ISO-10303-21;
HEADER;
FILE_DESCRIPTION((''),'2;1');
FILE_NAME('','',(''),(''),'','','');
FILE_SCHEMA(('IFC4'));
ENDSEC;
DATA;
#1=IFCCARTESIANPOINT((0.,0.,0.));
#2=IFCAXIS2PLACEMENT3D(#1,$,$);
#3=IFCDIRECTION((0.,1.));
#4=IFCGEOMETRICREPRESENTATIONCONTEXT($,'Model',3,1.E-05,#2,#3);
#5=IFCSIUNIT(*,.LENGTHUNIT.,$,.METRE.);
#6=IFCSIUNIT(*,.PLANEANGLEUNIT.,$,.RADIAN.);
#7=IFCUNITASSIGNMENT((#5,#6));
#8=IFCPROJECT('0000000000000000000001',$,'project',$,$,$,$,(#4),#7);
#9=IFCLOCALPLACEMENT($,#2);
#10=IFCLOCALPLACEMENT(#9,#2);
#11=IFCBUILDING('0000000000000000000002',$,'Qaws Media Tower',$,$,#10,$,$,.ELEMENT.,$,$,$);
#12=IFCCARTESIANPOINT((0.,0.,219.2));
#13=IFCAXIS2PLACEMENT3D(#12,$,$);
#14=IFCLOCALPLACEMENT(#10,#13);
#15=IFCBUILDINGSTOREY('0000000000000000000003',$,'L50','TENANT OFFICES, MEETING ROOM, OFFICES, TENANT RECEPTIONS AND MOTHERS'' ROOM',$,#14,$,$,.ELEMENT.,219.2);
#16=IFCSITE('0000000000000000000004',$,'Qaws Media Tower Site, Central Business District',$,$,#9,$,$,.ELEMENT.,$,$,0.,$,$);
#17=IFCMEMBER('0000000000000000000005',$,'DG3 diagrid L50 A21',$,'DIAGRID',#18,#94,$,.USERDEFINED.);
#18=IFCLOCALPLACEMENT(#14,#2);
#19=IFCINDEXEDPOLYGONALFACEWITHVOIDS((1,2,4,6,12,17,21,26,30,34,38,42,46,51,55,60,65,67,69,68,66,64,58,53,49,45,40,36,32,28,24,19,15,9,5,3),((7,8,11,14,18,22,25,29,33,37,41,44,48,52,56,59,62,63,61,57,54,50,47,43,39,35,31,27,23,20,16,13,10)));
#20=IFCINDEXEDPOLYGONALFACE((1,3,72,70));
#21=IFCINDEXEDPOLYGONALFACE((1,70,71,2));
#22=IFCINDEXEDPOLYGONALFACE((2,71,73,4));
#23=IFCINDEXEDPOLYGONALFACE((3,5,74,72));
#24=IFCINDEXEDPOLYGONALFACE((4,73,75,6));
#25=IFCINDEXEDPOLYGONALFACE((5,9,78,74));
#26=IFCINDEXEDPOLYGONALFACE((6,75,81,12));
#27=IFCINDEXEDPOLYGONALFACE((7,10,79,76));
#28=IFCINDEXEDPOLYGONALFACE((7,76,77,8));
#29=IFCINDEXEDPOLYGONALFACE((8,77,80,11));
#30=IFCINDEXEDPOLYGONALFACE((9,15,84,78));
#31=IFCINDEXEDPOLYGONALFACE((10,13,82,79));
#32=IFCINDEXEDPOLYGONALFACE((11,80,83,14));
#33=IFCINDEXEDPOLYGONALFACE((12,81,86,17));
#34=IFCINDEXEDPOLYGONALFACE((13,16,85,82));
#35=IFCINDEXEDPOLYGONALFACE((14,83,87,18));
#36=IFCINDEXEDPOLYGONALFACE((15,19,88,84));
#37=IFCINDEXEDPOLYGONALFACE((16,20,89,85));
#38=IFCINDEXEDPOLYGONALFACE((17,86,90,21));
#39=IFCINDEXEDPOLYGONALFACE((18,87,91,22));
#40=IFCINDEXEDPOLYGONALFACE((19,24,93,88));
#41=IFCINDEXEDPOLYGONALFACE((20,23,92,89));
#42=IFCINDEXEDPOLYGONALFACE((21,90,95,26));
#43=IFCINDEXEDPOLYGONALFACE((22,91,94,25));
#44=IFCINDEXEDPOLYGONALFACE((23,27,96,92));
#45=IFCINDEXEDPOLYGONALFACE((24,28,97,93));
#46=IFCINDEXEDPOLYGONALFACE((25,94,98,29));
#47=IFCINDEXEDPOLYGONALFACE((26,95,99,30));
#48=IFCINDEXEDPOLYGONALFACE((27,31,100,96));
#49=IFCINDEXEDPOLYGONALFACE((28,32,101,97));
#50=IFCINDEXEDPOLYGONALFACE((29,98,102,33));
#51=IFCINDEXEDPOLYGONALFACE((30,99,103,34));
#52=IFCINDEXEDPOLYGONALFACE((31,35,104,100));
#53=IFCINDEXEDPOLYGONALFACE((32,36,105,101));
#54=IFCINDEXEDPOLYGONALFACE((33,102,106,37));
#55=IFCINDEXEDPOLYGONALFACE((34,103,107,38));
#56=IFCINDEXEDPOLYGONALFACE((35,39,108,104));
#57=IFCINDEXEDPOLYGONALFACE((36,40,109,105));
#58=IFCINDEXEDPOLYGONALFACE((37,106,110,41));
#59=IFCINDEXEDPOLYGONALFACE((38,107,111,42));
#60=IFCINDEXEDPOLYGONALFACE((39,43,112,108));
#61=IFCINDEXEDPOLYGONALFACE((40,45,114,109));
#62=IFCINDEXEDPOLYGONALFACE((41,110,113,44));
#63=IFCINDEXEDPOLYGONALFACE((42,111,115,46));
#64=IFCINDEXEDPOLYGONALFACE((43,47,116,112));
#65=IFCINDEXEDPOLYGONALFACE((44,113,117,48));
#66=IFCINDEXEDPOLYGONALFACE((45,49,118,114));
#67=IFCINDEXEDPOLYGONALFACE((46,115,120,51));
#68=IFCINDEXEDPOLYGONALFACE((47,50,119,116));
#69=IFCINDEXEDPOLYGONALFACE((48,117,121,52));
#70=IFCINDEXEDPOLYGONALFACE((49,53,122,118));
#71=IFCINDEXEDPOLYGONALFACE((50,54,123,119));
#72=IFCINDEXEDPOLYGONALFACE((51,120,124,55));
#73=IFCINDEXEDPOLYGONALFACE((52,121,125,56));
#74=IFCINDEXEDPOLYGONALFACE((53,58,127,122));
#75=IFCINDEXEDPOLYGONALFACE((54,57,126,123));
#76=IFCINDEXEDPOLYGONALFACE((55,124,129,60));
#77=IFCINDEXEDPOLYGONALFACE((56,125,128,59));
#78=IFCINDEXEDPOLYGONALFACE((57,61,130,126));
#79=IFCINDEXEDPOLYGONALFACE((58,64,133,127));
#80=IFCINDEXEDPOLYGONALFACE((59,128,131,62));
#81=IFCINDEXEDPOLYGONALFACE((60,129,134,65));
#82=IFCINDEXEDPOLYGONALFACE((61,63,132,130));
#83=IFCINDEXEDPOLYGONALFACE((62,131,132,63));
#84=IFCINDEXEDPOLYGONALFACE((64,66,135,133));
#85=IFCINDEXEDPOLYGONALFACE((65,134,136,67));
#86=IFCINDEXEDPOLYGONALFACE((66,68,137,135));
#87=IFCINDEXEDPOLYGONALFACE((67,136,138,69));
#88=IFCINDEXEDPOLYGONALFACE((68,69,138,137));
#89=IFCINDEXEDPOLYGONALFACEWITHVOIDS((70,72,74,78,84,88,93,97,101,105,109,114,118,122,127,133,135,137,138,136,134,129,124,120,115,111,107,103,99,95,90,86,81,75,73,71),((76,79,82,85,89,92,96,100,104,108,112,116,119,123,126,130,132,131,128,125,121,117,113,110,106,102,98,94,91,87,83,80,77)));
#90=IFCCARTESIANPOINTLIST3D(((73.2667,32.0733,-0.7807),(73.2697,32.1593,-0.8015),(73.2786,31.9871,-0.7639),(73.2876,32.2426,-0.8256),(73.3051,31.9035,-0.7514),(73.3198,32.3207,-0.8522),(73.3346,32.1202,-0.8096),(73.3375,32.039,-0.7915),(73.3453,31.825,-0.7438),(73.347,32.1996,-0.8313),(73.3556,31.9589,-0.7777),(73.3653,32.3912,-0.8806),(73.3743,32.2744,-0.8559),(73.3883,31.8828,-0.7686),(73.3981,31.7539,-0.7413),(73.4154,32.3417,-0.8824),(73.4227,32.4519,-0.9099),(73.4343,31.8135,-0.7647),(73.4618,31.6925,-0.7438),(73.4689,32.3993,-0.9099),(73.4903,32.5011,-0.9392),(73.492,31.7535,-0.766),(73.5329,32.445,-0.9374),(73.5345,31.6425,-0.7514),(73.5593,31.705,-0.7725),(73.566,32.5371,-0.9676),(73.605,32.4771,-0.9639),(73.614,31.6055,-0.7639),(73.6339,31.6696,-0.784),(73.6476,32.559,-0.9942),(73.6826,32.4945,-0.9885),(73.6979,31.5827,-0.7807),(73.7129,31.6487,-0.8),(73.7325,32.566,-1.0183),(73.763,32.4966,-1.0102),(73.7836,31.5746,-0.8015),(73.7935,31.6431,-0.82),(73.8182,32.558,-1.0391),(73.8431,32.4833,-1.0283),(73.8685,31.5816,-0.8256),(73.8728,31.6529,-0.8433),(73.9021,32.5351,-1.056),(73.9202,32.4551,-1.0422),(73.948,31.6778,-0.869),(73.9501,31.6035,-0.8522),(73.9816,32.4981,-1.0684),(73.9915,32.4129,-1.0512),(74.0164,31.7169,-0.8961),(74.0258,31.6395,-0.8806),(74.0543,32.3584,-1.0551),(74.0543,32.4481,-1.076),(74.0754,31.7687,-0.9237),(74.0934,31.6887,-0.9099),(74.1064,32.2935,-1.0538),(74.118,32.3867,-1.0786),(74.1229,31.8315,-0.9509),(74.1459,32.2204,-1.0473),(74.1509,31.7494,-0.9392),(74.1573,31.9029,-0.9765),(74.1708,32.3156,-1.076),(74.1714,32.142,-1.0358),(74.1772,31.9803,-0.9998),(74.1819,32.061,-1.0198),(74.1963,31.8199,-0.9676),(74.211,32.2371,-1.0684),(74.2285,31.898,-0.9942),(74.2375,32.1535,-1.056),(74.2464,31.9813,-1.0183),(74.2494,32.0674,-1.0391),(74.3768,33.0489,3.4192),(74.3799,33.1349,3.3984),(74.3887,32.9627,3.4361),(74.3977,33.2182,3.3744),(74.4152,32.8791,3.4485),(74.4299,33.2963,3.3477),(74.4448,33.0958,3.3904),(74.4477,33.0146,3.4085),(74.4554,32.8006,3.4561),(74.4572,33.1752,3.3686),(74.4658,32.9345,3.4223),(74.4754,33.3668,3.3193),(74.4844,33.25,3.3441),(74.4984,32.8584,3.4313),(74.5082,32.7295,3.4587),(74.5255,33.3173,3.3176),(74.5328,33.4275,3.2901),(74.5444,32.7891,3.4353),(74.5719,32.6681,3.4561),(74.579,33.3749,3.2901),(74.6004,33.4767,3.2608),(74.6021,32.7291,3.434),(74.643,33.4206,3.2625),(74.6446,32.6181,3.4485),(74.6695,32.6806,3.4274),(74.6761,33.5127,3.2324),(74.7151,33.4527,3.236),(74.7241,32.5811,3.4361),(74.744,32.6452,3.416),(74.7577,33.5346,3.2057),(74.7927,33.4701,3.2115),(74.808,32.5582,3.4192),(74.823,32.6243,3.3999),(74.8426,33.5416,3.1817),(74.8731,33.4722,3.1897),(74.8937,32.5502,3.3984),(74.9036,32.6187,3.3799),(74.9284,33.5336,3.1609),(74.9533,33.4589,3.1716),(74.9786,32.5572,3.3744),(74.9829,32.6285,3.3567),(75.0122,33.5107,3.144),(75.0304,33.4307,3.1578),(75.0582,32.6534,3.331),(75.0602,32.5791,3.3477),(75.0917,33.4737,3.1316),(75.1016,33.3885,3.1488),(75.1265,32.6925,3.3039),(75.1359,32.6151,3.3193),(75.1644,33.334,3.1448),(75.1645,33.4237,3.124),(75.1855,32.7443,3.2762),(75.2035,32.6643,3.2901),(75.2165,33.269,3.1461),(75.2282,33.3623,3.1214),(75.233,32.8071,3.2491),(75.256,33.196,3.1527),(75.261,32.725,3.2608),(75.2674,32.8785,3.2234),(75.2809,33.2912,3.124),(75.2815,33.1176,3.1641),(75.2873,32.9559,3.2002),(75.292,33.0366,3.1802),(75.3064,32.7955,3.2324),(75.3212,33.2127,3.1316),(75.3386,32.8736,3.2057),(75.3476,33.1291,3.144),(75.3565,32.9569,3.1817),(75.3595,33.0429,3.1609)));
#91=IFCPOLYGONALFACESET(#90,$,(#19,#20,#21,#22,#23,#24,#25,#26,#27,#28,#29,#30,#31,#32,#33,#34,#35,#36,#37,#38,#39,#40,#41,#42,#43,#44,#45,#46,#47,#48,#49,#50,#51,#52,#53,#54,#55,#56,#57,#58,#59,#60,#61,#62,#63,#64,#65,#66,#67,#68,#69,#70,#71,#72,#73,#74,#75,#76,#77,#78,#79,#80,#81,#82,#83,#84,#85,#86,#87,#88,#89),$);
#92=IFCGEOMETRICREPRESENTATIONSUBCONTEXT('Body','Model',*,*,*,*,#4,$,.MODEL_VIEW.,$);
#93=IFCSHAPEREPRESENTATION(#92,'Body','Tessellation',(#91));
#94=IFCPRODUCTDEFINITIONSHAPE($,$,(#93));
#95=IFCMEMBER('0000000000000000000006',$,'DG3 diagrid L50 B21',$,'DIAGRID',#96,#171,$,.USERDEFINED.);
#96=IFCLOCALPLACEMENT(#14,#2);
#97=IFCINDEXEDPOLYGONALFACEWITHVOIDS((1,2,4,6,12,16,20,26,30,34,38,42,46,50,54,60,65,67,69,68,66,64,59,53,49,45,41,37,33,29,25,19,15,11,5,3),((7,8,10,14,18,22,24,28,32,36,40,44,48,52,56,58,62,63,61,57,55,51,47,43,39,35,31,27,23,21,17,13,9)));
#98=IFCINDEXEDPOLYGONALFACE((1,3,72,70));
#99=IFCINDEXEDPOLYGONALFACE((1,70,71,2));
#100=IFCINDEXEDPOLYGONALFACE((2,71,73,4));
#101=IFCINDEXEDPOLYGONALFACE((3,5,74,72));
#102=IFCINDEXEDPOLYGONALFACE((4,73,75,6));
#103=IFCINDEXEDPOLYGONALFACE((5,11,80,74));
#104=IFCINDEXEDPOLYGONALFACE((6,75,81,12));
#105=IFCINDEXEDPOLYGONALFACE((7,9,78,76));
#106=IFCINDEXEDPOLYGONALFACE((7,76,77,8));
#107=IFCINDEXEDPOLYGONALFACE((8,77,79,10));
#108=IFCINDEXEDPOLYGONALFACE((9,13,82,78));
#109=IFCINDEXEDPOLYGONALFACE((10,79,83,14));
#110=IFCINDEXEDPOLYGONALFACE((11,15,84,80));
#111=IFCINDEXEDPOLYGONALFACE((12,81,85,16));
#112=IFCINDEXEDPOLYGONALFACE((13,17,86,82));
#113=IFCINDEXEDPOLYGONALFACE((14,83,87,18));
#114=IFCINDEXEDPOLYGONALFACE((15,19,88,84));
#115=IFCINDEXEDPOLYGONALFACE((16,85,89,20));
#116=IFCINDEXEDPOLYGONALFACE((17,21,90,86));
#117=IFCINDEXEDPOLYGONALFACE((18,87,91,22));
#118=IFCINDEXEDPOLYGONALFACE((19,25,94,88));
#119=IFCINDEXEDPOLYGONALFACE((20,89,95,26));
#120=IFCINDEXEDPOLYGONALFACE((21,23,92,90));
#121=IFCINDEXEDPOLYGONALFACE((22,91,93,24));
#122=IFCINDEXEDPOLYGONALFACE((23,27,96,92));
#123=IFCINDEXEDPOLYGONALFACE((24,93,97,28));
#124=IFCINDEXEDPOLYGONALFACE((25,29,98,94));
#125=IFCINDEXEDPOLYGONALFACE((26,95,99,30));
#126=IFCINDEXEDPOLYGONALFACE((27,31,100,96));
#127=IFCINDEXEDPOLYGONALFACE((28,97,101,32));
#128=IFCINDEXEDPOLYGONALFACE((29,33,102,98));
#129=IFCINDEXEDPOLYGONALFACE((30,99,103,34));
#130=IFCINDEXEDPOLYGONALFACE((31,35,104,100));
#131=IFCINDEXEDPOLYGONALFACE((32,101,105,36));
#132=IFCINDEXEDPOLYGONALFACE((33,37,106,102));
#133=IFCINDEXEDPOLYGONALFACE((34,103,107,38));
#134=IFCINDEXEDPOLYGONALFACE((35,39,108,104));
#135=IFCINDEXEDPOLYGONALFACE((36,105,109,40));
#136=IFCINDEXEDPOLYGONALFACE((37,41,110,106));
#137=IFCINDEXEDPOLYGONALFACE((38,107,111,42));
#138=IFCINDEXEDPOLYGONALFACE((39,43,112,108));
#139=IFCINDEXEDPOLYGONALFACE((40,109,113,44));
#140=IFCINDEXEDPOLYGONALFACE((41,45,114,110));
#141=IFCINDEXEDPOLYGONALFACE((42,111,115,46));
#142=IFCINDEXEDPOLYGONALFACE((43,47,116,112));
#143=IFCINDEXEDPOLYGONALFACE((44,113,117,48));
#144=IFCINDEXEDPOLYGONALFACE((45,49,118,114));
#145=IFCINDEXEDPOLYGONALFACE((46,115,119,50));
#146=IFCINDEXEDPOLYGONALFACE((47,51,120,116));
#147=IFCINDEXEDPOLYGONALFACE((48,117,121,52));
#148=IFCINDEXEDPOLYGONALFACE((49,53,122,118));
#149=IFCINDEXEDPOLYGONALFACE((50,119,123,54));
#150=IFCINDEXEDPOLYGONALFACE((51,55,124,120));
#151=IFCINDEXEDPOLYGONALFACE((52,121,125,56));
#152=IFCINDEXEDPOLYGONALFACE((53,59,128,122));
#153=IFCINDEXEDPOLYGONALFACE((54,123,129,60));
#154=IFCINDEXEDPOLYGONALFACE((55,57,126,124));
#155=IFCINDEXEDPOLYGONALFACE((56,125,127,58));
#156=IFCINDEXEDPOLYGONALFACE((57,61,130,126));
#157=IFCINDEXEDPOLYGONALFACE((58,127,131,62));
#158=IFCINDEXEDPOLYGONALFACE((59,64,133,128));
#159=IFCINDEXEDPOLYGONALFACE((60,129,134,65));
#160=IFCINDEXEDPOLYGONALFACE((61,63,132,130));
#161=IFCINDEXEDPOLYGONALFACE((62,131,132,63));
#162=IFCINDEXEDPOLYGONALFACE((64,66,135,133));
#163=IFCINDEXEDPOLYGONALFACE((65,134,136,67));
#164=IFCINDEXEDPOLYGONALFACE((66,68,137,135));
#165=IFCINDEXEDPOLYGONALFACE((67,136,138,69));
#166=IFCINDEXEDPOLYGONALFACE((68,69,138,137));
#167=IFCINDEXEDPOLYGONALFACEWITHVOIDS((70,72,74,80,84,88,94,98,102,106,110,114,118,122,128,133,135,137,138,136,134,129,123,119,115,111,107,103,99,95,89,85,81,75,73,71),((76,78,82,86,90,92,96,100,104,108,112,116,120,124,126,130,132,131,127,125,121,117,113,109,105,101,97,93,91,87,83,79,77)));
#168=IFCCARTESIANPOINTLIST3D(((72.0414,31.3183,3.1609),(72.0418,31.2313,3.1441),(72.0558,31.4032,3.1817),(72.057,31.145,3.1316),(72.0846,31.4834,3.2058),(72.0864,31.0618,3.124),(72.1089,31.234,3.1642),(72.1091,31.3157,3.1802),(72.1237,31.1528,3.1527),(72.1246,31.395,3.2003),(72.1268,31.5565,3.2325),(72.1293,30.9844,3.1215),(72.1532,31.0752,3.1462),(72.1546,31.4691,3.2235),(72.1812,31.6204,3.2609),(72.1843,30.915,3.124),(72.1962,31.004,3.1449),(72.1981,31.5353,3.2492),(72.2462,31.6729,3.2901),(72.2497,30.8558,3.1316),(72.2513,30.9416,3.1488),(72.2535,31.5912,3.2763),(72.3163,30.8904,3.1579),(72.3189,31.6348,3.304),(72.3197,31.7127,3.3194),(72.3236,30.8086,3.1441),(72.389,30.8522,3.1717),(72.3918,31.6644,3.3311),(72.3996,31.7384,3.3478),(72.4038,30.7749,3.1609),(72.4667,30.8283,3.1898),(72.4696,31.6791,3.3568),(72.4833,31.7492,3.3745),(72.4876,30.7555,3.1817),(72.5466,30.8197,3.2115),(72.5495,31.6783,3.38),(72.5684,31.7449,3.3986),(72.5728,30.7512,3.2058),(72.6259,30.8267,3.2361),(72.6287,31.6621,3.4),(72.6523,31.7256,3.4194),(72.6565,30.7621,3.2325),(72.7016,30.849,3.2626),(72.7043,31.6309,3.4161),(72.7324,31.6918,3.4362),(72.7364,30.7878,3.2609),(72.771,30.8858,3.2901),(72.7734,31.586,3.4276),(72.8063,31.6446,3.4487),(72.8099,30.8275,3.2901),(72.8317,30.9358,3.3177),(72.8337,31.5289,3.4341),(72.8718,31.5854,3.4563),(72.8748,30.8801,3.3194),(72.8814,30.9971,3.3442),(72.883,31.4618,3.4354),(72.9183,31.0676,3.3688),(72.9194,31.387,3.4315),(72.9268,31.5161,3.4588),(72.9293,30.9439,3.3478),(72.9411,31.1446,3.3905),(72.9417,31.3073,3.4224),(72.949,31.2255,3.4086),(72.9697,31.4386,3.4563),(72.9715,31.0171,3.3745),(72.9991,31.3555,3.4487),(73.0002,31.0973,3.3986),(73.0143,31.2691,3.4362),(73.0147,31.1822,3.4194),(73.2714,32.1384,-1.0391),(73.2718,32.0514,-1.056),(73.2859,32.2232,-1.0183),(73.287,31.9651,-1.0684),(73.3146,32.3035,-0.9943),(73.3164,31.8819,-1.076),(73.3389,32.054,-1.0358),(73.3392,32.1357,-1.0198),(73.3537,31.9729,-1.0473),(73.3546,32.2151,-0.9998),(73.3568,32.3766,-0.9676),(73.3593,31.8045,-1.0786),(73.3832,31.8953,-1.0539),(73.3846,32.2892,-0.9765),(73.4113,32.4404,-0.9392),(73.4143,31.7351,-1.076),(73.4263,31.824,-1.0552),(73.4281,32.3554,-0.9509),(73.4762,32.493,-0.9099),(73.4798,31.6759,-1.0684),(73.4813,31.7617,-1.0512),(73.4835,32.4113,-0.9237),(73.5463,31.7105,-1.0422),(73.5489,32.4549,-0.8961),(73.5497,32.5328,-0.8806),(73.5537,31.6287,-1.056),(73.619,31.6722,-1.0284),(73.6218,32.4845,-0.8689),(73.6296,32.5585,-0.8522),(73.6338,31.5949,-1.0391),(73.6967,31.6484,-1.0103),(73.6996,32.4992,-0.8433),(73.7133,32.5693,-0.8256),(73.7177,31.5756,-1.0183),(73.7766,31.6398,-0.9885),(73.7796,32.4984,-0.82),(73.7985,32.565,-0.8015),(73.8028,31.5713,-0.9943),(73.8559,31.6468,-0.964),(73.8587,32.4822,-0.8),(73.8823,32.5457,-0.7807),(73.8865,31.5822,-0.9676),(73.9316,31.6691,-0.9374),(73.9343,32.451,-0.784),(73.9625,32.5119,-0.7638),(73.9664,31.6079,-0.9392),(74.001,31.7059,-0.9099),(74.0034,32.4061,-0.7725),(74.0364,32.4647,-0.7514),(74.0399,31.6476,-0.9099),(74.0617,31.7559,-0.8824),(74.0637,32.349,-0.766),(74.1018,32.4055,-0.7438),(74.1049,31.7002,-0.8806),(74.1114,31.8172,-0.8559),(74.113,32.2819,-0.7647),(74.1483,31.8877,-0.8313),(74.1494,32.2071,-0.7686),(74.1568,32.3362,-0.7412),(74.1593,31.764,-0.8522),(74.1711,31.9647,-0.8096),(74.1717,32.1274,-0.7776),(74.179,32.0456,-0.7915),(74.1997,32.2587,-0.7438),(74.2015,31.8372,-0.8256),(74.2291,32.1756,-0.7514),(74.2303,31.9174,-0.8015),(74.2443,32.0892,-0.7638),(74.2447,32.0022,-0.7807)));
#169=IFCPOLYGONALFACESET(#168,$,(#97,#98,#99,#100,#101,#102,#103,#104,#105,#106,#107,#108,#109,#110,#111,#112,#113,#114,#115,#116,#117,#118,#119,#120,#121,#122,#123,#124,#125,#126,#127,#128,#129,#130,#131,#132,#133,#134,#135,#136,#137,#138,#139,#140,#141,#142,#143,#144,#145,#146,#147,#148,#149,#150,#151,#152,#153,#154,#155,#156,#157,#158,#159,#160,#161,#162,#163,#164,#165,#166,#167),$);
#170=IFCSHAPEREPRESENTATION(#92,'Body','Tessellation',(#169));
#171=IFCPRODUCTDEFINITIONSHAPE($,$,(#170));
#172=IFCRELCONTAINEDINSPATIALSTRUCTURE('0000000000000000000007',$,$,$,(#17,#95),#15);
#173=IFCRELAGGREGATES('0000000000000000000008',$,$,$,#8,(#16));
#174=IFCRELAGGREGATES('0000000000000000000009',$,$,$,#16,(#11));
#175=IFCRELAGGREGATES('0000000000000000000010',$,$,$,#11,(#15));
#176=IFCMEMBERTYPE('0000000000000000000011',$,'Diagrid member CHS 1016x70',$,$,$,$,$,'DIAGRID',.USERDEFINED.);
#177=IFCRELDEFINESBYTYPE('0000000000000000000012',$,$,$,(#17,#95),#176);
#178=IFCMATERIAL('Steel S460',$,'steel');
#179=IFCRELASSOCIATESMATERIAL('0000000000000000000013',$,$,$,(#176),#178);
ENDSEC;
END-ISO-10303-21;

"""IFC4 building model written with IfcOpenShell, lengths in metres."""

from ifc_helpers import new_model, si_unit, direction, frame, origin, origin_2d, place, context, subcontext, project, spatial, hollow_circle, extrude, material, material_profile, profile_set, type_object, element, save


model = new_model("IFC4")

# Units and contexts
model_context = context("Model", 3, precision=1e-05, world=origin(), true_north=direction((0.0, 1.0)))
body_context = subcontext(model_context, "Body", "Model", "MODEL_VIEW")
ifc_project = project(units=[si_unit("LENGTHUNIT", "METRE"), si_unit("PLANEANGLEUNIT", "RADIAN")], contexts=[model_context])

# Site, building, storey
site_placement = place(None, origin())
site = spatial("IfcSite", under=ifc_project, at=site_placement, Name="Qaws Media Tower Site, Central Business District", CompositionType="ELEMENT", RefElevation=0.0)
building_placement = place(site_placement, origin())
building = spatial("IfcBuilding", under=site, at=building_placement, Name="Qaws Media Tower", CompositionType="ELEMENT")
storey_placement = place(building_placement, frame((0.0, 0.0, 219.2)))
storey = spatial("IfcBuildingStorey", under=building, at=storey_placement, Name="L50", Description="TENANT OFFICES, MEETING ROOM, OFFICES, TENANT RECEPTIONS AND MOTHERS' ROOM", CompositionType="ELEMENT", Elevation=219.2)

# Members
ifc_material_1 = material(Name="Steel S460", Category="steel")
ifc_material_profile_1 = material_profile(ifc_material_1, hollow_circle(Radius=0.5081, WallThickness=0.0701, at=origin_2d()), Name="CHS 1016x70")
ifc_profile_set_1 = profile_set([ifc_material_profile_1], Name="Steel S460")
member_type_1 = type_object("IfcMemberType", Name="Diagrid member CHS 1016x70", ElementType="DIAGRID", PredefinedType="USERDEFINED", material=ifc_profile_set_1)
member_1_placement = place(storey_placement, frame((73.7581, 32.0703, -0.9099), z_axis=(0.249329, 0.219116, 0.943305), x_axis=(-0.660129, 0.751152, 0.0)))
element("IfcMember", 1, at=member_1_placement, inside=storey, type_object=member_type_1, Name="DG3 diagrid L50 A21", ObjectType="DIAGRID", PredefinedType="USERDEFINED", context=body_context, shape_type="SweptSolid", body=[
    extrude(hollow_circle(Radius=0.5081, WallThickness=0.0701, at=origin_2d()), origin(), (0.0, 0.0, 1.0), 4.4524),
])
for number, where, z_axis, x_axis, name in (
    (2, (73.7581, 32.0703, -0.9099), (-0.276244, -0.184181, 0.943275), (0.554738, -0.832025, 0.0), "DG3 diagrid L50 B21"),
):
    element("IfcMember", number, at=place(storey_placement, frame(where, z_axis=z_axis, x_axis=x_axis)), inside=storey, type_object=member_type_1, Name=name, ObjectType="DIAGRID", PredefinedType="USERDEFINED", context=body_context, shape_type="SweptSolid", body=[
        extrude(hollow_circle(Radius=0.5081, WallThickness=0.0701, at=origin_2d()), origin(), (0.0, 0.0, 1.0), 4.4526),
    ])

save(model, "model.ifc")
